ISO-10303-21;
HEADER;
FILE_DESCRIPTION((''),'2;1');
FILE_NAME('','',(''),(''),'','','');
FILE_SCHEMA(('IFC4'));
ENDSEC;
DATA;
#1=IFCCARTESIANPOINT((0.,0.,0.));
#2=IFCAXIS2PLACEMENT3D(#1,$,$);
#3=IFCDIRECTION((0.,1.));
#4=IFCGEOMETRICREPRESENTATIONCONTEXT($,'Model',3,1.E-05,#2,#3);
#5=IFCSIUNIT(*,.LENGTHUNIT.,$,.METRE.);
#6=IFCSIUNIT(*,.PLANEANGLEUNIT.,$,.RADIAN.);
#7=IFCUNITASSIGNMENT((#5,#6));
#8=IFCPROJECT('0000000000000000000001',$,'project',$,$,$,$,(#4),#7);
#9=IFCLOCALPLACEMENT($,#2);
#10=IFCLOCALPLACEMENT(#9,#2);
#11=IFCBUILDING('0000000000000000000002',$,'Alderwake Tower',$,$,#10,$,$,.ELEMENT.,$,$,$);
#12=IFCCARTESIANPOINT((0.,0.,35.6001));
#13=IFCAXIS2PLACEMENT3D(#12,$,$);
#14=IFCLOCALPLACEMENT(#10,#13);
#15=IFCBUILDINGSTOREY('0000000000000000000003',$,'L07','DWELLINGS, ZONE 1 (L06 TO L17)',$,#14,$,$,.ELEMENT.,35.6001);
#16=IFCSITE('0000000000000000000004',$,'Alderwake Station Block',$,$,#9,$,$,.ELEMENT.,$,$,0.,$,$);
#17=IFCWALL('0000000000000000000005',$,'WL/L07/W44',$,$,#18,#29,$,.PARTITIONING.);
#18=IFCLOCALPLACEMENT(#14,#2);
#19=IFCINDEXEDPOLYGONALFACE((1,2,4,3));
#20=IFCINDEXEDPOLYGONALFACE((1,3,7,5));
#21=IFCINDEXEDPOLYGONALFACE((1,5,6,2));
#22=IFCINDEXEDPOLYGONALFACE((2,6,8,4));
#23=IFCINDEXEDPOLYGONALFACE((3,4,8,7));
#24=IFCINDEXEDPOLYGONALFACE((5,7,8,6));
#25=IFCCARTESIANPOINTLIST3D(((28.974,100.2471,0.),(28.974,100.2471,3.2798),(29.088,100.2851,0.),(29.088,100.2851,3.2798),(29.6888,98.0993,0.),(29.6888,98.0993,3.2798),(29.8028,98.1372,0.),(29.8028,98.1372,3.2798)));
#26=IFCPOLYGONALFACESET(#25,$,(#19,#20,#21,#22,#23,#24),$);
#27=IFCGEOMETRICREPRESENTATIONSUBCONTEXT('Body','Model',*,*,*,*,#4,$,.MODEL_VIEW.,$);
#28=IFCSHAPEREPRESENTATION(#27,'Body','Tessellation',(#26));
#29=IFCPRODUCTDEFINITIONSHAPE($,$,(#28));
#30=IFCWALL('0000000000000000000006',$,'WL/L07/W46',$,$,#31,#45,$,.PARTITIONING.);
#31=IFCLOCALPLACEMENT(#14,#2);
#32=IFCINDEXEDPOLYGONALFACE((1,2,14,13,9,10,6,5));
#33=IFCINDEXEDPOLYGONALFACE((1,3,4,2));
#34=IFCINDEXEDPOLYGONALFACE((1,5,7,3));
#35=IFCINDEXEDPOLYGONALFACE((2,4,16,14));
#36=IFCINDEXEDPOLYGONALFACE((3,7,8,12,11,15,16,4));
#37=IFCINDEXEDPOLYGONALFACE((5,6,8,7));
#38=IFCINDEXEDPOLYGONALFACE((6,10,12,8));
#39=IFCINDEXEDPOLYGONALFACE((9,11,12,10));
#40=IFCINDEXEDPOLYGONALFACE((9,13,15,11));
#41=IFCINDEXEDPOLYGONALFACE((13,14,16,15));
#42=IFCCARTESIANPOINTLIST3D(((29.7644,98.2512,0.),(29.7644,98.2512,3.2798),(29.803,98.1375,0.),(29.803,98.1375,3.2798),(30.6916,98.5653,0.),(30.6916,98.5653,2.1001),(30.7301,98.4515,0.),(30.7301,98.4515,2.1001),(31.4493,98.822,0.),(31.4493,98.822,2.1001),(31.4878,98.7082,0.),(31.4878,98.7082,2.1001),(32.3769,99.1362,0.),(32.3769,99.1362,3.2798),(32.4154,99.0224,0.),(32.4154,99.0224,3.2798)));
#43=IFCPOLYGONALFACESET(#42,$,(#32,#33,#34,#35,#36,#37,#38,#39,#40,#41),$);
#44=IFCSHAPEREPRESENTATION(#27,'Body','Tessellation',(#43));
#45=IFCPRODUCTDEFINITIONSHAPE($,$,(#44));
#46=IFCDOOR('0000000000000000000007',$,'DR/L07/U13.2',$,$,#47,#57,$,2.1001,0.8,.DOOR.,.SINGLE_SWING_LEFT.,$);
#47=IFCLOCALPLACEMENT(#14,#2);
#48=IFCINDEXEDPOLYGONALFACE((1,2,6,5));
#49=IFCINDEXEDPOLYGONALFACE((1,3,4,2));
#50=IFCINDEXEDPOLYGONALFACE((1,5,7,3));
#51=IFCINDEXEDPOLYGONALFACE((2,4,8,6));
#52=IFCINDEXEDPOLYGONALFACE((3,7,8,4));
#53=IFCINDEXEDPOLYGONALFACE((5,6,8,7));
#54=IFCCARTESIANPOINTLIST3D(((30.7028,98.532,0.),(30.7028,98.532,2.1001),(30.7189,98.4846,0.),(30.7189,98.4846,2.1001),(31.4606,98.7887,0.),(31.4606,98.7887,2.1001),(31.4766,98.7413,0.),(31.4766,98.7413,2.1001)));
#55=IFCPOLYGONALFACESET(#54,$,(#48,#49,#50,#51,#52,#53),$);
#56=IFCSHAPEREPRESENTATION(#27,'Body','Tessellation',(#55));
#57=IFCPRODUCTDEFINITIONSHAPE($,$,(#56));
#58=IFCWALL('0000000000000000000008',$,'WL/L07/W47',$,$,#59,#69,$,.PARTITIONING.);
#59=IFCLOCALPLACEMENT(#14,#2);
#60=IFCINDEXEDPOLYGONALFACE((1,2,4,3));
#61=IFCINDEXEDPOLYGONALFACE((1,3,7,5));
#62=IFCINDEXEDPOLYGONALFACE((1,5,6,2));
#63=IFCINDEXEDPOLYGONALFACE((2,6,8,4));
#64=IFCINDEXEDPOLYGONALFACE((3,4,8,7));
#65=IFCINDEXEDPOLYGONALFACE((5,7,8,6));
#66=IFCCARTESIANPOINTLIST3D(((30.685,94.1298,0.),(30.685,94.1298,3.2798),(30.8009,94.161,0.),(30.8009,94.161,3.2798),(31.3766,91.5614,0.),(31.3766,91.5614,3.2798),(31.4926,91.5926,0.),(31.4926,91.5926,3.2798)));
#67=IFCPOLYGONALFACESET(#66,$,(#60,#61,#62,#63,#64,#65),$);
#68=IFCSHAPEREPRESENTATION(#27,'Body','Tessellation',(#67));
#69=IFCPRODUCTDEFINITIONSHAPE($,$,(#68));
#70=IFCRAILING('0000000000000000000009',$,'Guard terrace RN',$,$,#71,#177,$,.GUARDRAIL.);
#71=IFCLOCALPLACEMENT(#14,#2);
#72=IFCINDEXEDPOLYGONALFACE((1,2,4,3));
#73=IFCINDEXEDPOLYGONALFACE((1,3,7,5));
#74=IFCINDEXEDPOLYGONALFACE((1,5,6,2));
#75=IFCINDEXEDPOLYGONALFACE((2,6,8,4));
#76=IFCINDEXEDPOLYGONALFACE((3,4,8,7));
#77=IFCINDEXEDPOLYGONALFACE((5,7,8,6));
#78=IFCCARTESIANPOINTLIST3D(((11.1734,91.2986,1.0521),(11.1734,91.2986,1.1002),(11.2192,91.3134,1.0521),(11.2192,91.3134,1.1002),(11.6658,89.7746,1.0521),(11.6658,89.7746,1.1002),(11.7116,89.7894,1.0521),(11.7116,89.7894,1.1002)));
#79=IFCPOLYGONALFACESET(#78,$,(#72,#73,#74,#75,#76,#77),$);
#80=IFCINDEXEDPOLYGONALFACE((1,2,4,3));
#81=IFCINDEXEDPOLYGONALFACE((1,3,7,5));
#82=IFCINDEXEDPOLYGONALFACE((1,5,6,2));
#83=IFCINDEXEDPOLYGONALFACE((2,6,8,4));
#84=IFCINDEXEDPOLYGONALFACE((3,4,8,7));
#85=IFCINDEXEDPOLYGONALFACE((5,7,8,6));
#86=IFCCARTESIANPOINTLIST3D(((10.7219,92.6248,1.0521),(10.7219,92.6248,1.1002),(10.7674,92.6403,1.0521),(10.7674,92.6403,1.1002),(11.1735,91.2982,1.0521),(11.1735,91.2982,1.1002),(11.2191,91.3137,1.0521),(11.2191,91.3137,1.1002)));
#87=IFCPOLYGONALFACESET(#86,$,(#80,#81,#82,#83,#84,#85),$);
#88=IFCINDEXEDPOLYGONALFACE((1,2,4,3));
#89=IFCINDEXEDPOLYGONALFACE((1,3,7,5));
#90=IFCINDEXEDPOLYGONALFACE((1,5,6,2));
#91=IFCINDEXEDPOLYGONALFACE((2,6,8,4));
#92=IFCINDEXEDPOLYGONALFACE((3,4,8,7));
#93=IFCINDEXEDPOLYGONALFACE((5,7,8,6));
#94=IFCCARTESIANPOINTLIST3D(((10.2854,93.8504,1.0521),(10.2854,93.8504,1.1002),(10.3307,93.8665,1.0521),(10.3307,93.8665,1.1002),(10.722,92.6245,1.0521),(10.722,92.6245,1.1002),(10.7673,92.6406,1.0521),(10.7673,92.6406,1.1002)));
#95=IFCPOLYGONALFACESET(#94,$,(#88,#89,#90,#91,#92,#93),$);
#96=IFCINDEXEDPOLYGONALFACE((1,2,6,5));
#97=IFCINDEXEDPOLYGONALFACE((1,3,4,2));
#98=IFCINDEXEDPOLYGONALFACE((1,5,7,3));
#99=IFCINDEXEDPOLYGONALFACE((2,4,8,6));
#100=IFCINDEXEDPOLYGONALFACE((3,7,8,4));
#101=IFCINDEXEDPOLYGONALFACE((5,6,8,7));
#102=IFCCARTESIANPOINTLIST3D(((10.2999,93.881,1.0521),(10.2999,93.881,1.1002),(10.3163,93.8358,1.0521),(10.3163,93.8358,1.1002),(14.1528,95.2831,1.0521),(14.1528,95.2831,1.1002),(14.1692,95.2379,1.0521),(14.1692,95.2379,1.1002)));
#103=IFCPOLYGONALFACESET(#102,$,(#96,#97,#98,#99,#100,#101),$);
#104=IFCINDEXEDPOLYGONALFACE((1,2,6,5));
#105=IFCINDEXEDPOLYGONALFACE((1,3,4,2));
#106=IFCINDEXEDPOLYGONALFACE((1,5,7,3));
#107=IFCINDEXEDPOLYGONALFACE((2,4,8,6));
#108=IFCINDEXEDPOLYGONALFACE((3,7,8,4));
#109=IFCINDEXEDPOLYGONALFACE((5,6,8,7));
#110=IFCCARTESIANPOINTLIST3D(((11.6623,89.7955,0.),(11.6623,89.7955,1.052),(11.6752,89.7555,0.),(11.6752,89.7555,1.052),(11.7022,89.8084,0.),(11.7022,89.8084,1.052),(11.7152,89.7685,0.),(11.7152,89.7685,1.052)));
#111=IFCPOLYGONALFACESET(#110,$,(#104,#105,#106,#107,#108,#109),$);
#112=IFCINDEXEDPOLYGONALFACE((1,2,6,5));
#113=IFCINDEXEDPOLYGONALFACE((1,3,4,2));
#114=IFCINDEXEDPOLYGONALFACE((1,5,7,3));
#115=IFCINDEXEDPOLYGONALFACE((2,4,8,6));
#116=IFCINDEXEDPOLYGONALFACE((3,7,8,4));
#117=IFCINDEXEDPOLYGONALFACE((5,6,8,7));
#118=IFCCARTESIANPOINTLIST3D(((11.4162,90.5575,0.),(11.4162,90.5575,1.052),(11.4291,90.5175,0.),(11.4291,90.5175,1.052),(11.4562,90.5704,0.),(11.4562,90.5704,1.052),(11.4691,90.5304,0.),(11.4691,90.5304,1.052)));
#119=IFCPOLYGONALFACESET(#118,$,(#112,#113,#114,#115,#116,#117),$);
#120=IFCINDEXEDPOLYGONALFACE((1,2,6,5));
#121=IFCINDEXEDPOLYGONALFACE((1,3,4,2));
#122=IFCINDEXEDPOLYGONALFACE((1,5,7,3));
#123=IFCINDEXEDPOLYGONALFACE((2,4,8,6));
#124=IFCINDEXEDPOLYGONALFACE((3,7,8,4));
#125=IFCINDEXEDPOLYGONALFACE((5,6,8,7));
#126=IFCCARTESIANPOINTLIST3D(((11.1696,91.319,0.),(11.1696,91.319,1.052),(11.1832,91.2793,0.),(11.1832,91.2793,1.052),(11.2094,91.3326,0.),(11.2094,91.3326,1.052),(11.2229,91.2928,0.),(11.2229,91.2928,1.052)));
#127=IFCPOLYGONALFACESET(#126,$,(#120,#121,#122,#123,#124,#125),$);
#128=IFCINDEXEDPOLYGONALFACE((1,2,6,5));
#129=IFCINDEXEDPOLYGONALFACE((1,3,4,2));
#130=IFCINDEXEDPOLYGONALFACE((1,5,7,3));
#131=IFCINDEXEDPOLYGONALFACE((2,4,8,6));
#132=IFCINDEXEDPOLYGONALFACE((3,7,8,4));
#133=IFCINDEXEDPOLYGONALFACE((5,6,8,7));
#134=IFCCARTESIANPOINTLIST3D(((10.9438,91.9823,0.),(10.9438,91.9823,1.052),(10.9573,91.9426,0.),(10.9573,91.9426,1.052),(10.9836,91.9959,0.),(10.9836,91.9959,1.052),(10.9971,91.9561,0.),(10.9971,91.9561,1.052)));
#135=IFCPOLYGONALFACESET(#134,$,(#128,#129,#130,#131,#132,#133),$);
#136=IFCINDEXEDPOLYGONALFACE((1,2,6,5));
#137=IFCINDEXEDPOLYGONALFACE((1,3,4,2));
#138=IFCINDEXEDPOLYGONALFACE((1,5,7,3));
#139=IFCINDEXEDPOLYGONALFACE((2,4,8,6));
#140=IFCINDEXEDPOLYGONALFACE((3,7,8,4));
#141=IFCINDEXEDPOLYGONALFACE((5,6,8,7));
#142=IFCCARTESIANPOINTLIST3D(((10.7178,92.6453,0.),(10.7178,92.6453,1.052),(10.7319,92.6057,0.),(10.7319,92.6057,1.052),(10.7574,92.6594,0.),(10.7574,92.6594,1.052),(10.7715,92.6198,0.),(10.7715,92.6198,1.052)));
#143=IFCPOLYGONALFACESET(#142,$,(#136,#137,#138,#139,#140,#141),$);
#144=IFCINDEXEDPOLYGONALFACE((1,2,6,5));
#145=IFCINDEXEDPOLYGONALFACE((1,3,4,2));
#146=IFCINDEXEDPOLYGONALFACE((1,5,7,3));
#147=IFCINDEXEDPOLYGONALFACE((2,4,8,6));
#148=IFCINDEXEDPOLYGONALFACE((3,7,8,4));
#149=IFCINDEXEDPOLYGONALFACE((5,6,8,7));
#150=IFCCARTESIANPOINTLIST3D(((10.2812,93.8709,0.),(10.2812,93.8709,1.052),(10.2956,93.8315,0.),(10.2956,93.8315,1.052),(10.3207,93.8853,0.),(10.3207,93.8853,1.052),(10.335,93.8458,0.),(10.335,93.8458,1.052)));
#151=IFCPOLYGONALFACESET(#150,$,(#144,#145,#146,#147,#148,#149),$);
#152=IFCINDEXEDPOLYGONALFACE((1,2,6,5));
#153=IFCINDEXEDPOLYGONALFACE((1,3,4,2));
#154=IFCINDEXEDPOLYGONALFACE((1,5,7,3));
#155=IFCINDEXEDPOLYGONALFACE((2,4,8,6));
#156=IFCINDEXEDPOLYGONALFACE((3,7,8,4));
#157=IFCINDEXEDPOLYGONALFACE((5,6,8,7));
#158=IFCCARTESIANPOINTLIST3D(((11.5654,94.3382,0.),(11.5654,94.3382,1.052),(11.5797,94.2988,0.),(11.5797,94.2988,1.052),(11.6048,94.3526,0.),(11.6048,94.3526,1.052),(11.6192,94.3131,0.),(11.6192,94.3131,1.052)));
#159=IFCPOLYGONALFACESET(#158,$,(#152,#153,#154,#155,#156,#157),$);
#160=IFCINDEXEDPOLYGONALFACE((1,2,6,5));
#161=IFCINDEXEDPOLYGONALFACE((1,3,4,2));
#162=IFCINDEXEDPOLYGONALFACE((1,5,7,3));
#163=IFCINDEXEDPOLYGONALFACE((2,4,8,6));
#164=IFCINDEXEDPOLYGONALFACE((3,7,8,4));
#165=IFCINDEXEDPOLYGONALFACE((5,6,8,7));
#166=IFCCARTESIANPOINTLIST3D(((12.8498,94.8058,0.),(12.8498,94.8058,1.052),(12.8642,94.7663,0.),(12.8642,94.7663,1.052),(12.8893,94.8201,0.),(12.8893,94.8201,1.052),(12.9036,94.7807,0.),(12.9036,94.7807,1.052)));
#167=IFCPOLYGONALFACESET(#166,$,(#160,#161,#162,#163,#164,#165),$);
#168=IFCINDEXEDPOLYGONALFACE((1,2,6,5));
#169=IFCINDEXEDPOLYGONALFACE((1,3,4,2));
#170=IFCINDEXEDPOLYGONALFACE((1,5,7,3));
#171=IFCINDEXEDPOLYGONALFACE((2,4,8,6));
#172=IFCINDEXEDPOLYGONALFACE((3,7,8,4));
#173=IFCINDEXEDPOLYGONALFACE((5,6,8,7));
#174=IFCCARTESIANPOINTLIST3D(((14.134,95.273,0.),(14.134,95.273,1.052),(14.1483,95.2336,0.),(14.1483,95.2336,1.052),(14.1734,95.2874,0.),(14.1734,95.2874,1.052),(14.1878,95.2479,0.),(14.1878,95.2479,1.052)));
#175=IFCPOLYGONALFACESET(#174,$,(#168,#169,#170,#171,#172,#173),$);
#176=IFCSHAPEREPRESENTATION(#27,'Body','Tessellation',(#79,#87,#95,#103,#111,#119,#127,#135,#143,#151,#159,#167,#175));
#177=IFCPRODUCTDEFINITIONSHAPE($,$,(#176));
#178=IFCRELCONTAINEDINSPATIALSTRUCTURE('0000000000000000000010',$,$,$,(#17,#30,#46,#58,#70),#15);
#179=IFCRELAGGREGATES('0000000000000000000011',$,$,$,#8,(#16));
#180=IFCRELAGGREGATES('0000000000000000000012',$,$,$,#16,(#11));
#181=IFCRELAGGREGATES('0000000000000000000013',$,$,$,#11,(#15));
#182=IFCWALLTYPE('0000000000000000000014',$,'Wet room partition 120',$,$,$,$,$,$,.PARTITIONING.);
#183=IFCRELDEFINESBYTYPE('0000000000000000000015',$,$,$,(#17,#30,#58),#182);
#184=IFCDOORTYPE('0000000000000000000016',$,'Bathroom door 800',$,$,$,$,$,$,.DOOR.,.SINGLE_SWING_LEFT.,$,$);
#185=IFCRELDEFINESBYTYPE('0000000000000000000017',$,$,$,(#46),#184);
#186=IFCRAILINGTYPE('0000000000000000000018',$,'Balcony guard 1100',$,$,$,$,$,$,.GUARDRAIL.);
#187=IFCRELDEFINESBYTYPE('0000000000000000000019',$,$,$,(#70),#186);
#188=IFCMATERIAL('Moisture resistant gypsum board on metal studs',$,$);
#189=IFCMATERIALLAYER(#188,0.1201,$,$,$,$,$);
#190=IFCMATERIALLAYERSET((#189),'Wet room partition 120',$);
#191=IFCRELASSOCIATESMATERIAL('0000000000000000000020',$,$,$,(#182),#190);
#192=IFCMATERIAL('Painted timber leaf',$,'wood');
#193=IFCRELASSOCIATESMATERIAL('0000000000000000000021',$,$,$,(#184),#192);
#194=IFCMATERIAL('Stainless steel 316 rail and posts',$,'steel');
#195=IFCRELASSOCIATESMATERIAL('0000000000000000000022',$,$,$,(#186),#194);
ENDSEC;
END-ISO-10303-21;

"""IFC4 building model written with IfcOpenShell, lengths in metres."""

from ifc_helpers import new_model, si_unit, direction, frame, frame_2d, origin, origin_2d, place, context, subcontext, project, spatial, rectangle, extrude, material, layer, layer_set, type_object, element, fill, save


model = new_model("IFC4")

# Units and contexts
model_context = context("Model", 3, precision=1e-05, world=origin(), true_north=direction((0.0, 1.0)))
body_context = subcontext(model_context, "Body", "Model", "MODEL_VIEW")
ifc_project = project(units=[si_unit("LENGTHUNIT", "METRE"), si_unit("PLANEANGLEUNIT", "RADIAN")], contexts=[model_context])

# Site, building, storey
site_placement = place(None, origin())
site = spatial("IfcSite", under=ifc_project, at=site_placement, Name="Alderwake Station Block", CompositionType="ELEMENT", RefElevation=0.0)
building_placement = place(site_placement, origin())
building = spatial("IfcBuilding", under=site, at=building_placement, Name="Alderwake Tower", CompositionType="ELEMENT")
storey_placement = place(building_placement, frame((0.0, 0.0, 35.6001)))
storey = spatial("IfcBuildingStorey", under=building, at=storey_placement, Name="L07", Description="DWELLINGS, ZONE 1 (L06 TO L17)", CompositionType="ELEMENT", Elevation=35.6001)

# Wall
ifc_material_1 = material(Name="Moisture resistant gypsum board on metal studs")
ifc_layer_1 = layer(ifc_material_1, 0.1201)
ifc_layer_set_1 = layer_set([ifc_layer_1], Name="Wet room partition 120")
wall_type_1 = type_object("IfcWallType", Name="Wet room partition 120", PredefinedType="PARTITIONING", material=ifc_layer_set_1)
wall_1_placement = place(storey_placement, frame((29.031, 100.2661, 0.0), z_axis=(0.0, 0.0, 1.0), x_axis=(0.315775, -0.948834, 0.0)))
element("IfcWall", 1, at=wall_1_placement, inside=storey, type_object=wall_type_1, Name="WL/L07/W44", PredefinedType="PARTITIONING", context=body_context, shape_type="SweptSolid", body=[
    extrude(rectangle(XDim=2.2637, YDim=0.1201, at=frame_2d((1.1318, 0.0))), origin(), (0.0, 0.0, 1.0), 3.2798),
])

# Wall, opening, door
wall_2_placement = place(storey_placement, frame((29.7837, 98.1943, 0.0), z_axis=(0.0, 0.0, 1.0), x_axis=(0.947132, 0.320844, 0.0)))
wall_2 = element("IfcWall", 2, at=wall_2_placement, inside=storey, type_object=wall_type_1, Name="WL/L07/W46", PredefinedType="PARTITIONING", context=body_context, shape_type="SweptSolid", body=[
    extrude(rectangle(XDim=2.7583, YDim=0.1201, at=frame_2d((1.3792, 0.0))), origin(), (0.0, 0.0, 1.0), 3.2798),
])
opening_1_placement = place(wall_2_placement, frame((0.979, 0.0, 0.0)))
opening_1 = element("IfcOpeningElement", 3, at=opening_1_placement, cuts=wall_2, PredefinedType="OPENING", context=body_context, shape_type="SweptSolid", body=[
    extrude(rectangle(XDim=0.8, YDim=2.1001, at=frame_2d((0.3999, 1.05))), frame((0.0, 0.0701, 0.0), z_axis=(0.0, -1.0, 0.0), x_axis=(1.0, 0.0, 0.0)), (0.0, 0.0, 1.0), 0.1401),
])
ifc_material_2 = material(Name="Painted timber leaf", Category="wood")
door_type_1 = type_object("IfcDoorType", Name="Bathroom door 800", OperationType="SINGLE_SWING_LEFT", PredefinedType="DOOR", material=ifc_material_2)
door_1_placement = place(opening_1_placement, origin())
door_1 = element("IfcDoor", 4, at=door_1_placement, inside=storey, type_object=door_type_1, Name="DR/L07/U13.2", OperationType="SINGLE_SWING_LEFT", OverallHeight=2.1001, OverallWidth=0.8, PredefinedType="DOOR", context=body_context, shape_type="SweptSolid", body=[
    extrude(rectangle(XDim=0.8, YDim=2.1001, at=frame_2d((0.3999, 1.05))), frame((0.0, 0.0249, 0.0), z_axis=(0.0, -1.0, 0.0), x_axis=(1.0, 0.0, 0.0)), (0.0, 0.0, 1.0), 0.05),
])
fill(opening_1, door_1)

# Wall
wall_3_placement = place(storey_placement, frame((30.7429, 94.1455, 0.0), z_axis=(0.0, 0.0, 1.0), x_axis=(0.260033, -0.9656, 0.0)))
element("IfcWall", 5, at=wall_3_placement, inside=storey, type_object=wall_type_1, Name="WL/L07/W47", PredefinedType="PARTITIONING", context=body_context, shape_type="SweptSolid", body=[
    extrude(rectangle(XDim=2.6599, YDim=0.1201, at=frame_2d((1.3301, 0.0))), origin(), (0.0, 0.0, 1.0), 3.2798),
])

# Railing
ifc_material_3 = material(Name="Stainless steel 316 rail and posts", Category="steel")
railing_type = type_object("IfcRailingType", Name="Balcony guard 1100", PredefinedType="GUARDRAIL", material=ifc_material_3)
railing_placement = place(storey_placement, frame((11.6887, 89.782, 0.0)))
element("IfcRailing", 6, at=railing_placement, inside=storey, type_object=railing_type, Name="Guard terrace RN", PredefinedType="GUARDRAIL", context=body_context, shape_type="SweptSolid", body=[
    extrude(rectangle(XDim=0.0481, YDim=0.0481, at=origin_2d()), frame((0.0, 0.0, 1.0762), z_axis=(-0.307479, 0.951555, 0.0), x_axis=(-0.951555, -0.307479, 0.0)), (0.0, 0.0, 1.0), 1.6016),
    extrude(rectangle(XDim=0.0481, YDim=0.0481, at=origin_2d()), frame((-0.4924, 1.5239, 1.0762), z_axis=(-0.322284, 0.946643, 0.0), x_axis=(-0.946643, -0.322284, 0.0)), (0.0, 0.0, 1.0), 1.4014),
    extrude(rectangle(XDim=0.0481, YDim=0.0481, at=origin_2d()), frame((-0.9441, 2.8506, 1.0762), z_axis=(-0.335469, 0.942051, 0.0), x_axis=(-0.942051, -0.335469, 0.0)), (0.0, 0.0, 1.0), 1.3013),
    extrude(rectangle(XDim=0.0481, YDim=0.0481, at=origin_2d()), frame((-1.3806, 4.0764, 1.0762), z_axis=(0.939708, 0.341977, 0.0), x_axis=(-0.341977, 0.939708, 0.0)), (0.0, 0.0, 1.0), 4.1001),
    extrude(rectangle(XDim=0.042, YDim=0.042, at=origin_2d()), frame((0.0, 0.0, 0.0), z_axis=(0.0, 0.0, 1.0), x_axis=(-0.307479, 0.951555, 0.0)), (0.0, 0.0, 1.0), 1.052),
    extrude(rectangle(XDim=0.042, YDim=0.042, at=origin_2d()), frame((-0.2461, 0.762, 0.0), z_axis=(0.0, 0.0, 1.0), x_axis=(-0.307479, 0.951555, 0.0)), (0.0, 0.0, 1.0), 1.052),
    extrude(rectangle(XDim=0.042, YDim=0.042, at=origin_2d()), frame((-0.4924, 1.5239, 0.0), z_axis=(0.0, 0.0, 1.0), x_axis=(-0.322284, 0.946643, 0.0)), (0.0, 0.0, 1.0), 1.052),
    extrude(rectangle(XDim=0.042, YDim=0.042, at=origin_2d()), frame((-0.7183, 2.1873, 0.0), z_axis=(0.0, 0.0, 1.0), x_axis=(-0.322284, 0.946643, 0.0)), (0.0, 0.0, 1.0), 1.052),
    extrude(rectangle(XDim=0.042, YDim=0.042, at=origin_2d()), frame((-0.9441, 2.8506, 0.0), z_axis=(0.0, 0.0, 1.0), x_axis=(-0.335469, 0.942051, 0.0)), (0.0, 0.0, 1.0), 1.052),
    extrude(rectangle(XDim=0.042, YDim=0.042, at=origin_2d()), frame((-1.3806, 4.0764, 0.0), z_axis=(0.0, 0.0, 1.0), x_axis=(0.939708, 0.341977, 0.0)), (0.0, 0.0, 1.0), 1.052),
    extrude(rectangle(XDim=0.042, YDim=0.042, at=origin_2d()), frame((-0.0964, 4.5437, 0.0), z_axis=(0.0, 0.0, 1.0), x_axis=(0.939708, 0.341977, 0.0)), (0.0, 0.0, 1.0), 1.052),
    extrude(rectangle(XDim=0.042, YDim=0.042, at=origin_2d()), frame((1.188, 5.0112, 0.0), z_axis=(0.0, 0.0, 1.0), x_axis=(0.939708, 0.341977, 0.0)), (0.0, 0.0, 1.0), 1.052),
    extrude(rectangle(XDim=0.042, YDim=0.042, at=origin_2d()), frame((2.4722, 5.4785, 0.0), z_axis=(0.0, 0.0, 1.0), x_axis=(0.939708, 0.341977, 0.0)), (0.0, 0.0, 1.0), 1.052),
])

save(model, "model.ifc")
